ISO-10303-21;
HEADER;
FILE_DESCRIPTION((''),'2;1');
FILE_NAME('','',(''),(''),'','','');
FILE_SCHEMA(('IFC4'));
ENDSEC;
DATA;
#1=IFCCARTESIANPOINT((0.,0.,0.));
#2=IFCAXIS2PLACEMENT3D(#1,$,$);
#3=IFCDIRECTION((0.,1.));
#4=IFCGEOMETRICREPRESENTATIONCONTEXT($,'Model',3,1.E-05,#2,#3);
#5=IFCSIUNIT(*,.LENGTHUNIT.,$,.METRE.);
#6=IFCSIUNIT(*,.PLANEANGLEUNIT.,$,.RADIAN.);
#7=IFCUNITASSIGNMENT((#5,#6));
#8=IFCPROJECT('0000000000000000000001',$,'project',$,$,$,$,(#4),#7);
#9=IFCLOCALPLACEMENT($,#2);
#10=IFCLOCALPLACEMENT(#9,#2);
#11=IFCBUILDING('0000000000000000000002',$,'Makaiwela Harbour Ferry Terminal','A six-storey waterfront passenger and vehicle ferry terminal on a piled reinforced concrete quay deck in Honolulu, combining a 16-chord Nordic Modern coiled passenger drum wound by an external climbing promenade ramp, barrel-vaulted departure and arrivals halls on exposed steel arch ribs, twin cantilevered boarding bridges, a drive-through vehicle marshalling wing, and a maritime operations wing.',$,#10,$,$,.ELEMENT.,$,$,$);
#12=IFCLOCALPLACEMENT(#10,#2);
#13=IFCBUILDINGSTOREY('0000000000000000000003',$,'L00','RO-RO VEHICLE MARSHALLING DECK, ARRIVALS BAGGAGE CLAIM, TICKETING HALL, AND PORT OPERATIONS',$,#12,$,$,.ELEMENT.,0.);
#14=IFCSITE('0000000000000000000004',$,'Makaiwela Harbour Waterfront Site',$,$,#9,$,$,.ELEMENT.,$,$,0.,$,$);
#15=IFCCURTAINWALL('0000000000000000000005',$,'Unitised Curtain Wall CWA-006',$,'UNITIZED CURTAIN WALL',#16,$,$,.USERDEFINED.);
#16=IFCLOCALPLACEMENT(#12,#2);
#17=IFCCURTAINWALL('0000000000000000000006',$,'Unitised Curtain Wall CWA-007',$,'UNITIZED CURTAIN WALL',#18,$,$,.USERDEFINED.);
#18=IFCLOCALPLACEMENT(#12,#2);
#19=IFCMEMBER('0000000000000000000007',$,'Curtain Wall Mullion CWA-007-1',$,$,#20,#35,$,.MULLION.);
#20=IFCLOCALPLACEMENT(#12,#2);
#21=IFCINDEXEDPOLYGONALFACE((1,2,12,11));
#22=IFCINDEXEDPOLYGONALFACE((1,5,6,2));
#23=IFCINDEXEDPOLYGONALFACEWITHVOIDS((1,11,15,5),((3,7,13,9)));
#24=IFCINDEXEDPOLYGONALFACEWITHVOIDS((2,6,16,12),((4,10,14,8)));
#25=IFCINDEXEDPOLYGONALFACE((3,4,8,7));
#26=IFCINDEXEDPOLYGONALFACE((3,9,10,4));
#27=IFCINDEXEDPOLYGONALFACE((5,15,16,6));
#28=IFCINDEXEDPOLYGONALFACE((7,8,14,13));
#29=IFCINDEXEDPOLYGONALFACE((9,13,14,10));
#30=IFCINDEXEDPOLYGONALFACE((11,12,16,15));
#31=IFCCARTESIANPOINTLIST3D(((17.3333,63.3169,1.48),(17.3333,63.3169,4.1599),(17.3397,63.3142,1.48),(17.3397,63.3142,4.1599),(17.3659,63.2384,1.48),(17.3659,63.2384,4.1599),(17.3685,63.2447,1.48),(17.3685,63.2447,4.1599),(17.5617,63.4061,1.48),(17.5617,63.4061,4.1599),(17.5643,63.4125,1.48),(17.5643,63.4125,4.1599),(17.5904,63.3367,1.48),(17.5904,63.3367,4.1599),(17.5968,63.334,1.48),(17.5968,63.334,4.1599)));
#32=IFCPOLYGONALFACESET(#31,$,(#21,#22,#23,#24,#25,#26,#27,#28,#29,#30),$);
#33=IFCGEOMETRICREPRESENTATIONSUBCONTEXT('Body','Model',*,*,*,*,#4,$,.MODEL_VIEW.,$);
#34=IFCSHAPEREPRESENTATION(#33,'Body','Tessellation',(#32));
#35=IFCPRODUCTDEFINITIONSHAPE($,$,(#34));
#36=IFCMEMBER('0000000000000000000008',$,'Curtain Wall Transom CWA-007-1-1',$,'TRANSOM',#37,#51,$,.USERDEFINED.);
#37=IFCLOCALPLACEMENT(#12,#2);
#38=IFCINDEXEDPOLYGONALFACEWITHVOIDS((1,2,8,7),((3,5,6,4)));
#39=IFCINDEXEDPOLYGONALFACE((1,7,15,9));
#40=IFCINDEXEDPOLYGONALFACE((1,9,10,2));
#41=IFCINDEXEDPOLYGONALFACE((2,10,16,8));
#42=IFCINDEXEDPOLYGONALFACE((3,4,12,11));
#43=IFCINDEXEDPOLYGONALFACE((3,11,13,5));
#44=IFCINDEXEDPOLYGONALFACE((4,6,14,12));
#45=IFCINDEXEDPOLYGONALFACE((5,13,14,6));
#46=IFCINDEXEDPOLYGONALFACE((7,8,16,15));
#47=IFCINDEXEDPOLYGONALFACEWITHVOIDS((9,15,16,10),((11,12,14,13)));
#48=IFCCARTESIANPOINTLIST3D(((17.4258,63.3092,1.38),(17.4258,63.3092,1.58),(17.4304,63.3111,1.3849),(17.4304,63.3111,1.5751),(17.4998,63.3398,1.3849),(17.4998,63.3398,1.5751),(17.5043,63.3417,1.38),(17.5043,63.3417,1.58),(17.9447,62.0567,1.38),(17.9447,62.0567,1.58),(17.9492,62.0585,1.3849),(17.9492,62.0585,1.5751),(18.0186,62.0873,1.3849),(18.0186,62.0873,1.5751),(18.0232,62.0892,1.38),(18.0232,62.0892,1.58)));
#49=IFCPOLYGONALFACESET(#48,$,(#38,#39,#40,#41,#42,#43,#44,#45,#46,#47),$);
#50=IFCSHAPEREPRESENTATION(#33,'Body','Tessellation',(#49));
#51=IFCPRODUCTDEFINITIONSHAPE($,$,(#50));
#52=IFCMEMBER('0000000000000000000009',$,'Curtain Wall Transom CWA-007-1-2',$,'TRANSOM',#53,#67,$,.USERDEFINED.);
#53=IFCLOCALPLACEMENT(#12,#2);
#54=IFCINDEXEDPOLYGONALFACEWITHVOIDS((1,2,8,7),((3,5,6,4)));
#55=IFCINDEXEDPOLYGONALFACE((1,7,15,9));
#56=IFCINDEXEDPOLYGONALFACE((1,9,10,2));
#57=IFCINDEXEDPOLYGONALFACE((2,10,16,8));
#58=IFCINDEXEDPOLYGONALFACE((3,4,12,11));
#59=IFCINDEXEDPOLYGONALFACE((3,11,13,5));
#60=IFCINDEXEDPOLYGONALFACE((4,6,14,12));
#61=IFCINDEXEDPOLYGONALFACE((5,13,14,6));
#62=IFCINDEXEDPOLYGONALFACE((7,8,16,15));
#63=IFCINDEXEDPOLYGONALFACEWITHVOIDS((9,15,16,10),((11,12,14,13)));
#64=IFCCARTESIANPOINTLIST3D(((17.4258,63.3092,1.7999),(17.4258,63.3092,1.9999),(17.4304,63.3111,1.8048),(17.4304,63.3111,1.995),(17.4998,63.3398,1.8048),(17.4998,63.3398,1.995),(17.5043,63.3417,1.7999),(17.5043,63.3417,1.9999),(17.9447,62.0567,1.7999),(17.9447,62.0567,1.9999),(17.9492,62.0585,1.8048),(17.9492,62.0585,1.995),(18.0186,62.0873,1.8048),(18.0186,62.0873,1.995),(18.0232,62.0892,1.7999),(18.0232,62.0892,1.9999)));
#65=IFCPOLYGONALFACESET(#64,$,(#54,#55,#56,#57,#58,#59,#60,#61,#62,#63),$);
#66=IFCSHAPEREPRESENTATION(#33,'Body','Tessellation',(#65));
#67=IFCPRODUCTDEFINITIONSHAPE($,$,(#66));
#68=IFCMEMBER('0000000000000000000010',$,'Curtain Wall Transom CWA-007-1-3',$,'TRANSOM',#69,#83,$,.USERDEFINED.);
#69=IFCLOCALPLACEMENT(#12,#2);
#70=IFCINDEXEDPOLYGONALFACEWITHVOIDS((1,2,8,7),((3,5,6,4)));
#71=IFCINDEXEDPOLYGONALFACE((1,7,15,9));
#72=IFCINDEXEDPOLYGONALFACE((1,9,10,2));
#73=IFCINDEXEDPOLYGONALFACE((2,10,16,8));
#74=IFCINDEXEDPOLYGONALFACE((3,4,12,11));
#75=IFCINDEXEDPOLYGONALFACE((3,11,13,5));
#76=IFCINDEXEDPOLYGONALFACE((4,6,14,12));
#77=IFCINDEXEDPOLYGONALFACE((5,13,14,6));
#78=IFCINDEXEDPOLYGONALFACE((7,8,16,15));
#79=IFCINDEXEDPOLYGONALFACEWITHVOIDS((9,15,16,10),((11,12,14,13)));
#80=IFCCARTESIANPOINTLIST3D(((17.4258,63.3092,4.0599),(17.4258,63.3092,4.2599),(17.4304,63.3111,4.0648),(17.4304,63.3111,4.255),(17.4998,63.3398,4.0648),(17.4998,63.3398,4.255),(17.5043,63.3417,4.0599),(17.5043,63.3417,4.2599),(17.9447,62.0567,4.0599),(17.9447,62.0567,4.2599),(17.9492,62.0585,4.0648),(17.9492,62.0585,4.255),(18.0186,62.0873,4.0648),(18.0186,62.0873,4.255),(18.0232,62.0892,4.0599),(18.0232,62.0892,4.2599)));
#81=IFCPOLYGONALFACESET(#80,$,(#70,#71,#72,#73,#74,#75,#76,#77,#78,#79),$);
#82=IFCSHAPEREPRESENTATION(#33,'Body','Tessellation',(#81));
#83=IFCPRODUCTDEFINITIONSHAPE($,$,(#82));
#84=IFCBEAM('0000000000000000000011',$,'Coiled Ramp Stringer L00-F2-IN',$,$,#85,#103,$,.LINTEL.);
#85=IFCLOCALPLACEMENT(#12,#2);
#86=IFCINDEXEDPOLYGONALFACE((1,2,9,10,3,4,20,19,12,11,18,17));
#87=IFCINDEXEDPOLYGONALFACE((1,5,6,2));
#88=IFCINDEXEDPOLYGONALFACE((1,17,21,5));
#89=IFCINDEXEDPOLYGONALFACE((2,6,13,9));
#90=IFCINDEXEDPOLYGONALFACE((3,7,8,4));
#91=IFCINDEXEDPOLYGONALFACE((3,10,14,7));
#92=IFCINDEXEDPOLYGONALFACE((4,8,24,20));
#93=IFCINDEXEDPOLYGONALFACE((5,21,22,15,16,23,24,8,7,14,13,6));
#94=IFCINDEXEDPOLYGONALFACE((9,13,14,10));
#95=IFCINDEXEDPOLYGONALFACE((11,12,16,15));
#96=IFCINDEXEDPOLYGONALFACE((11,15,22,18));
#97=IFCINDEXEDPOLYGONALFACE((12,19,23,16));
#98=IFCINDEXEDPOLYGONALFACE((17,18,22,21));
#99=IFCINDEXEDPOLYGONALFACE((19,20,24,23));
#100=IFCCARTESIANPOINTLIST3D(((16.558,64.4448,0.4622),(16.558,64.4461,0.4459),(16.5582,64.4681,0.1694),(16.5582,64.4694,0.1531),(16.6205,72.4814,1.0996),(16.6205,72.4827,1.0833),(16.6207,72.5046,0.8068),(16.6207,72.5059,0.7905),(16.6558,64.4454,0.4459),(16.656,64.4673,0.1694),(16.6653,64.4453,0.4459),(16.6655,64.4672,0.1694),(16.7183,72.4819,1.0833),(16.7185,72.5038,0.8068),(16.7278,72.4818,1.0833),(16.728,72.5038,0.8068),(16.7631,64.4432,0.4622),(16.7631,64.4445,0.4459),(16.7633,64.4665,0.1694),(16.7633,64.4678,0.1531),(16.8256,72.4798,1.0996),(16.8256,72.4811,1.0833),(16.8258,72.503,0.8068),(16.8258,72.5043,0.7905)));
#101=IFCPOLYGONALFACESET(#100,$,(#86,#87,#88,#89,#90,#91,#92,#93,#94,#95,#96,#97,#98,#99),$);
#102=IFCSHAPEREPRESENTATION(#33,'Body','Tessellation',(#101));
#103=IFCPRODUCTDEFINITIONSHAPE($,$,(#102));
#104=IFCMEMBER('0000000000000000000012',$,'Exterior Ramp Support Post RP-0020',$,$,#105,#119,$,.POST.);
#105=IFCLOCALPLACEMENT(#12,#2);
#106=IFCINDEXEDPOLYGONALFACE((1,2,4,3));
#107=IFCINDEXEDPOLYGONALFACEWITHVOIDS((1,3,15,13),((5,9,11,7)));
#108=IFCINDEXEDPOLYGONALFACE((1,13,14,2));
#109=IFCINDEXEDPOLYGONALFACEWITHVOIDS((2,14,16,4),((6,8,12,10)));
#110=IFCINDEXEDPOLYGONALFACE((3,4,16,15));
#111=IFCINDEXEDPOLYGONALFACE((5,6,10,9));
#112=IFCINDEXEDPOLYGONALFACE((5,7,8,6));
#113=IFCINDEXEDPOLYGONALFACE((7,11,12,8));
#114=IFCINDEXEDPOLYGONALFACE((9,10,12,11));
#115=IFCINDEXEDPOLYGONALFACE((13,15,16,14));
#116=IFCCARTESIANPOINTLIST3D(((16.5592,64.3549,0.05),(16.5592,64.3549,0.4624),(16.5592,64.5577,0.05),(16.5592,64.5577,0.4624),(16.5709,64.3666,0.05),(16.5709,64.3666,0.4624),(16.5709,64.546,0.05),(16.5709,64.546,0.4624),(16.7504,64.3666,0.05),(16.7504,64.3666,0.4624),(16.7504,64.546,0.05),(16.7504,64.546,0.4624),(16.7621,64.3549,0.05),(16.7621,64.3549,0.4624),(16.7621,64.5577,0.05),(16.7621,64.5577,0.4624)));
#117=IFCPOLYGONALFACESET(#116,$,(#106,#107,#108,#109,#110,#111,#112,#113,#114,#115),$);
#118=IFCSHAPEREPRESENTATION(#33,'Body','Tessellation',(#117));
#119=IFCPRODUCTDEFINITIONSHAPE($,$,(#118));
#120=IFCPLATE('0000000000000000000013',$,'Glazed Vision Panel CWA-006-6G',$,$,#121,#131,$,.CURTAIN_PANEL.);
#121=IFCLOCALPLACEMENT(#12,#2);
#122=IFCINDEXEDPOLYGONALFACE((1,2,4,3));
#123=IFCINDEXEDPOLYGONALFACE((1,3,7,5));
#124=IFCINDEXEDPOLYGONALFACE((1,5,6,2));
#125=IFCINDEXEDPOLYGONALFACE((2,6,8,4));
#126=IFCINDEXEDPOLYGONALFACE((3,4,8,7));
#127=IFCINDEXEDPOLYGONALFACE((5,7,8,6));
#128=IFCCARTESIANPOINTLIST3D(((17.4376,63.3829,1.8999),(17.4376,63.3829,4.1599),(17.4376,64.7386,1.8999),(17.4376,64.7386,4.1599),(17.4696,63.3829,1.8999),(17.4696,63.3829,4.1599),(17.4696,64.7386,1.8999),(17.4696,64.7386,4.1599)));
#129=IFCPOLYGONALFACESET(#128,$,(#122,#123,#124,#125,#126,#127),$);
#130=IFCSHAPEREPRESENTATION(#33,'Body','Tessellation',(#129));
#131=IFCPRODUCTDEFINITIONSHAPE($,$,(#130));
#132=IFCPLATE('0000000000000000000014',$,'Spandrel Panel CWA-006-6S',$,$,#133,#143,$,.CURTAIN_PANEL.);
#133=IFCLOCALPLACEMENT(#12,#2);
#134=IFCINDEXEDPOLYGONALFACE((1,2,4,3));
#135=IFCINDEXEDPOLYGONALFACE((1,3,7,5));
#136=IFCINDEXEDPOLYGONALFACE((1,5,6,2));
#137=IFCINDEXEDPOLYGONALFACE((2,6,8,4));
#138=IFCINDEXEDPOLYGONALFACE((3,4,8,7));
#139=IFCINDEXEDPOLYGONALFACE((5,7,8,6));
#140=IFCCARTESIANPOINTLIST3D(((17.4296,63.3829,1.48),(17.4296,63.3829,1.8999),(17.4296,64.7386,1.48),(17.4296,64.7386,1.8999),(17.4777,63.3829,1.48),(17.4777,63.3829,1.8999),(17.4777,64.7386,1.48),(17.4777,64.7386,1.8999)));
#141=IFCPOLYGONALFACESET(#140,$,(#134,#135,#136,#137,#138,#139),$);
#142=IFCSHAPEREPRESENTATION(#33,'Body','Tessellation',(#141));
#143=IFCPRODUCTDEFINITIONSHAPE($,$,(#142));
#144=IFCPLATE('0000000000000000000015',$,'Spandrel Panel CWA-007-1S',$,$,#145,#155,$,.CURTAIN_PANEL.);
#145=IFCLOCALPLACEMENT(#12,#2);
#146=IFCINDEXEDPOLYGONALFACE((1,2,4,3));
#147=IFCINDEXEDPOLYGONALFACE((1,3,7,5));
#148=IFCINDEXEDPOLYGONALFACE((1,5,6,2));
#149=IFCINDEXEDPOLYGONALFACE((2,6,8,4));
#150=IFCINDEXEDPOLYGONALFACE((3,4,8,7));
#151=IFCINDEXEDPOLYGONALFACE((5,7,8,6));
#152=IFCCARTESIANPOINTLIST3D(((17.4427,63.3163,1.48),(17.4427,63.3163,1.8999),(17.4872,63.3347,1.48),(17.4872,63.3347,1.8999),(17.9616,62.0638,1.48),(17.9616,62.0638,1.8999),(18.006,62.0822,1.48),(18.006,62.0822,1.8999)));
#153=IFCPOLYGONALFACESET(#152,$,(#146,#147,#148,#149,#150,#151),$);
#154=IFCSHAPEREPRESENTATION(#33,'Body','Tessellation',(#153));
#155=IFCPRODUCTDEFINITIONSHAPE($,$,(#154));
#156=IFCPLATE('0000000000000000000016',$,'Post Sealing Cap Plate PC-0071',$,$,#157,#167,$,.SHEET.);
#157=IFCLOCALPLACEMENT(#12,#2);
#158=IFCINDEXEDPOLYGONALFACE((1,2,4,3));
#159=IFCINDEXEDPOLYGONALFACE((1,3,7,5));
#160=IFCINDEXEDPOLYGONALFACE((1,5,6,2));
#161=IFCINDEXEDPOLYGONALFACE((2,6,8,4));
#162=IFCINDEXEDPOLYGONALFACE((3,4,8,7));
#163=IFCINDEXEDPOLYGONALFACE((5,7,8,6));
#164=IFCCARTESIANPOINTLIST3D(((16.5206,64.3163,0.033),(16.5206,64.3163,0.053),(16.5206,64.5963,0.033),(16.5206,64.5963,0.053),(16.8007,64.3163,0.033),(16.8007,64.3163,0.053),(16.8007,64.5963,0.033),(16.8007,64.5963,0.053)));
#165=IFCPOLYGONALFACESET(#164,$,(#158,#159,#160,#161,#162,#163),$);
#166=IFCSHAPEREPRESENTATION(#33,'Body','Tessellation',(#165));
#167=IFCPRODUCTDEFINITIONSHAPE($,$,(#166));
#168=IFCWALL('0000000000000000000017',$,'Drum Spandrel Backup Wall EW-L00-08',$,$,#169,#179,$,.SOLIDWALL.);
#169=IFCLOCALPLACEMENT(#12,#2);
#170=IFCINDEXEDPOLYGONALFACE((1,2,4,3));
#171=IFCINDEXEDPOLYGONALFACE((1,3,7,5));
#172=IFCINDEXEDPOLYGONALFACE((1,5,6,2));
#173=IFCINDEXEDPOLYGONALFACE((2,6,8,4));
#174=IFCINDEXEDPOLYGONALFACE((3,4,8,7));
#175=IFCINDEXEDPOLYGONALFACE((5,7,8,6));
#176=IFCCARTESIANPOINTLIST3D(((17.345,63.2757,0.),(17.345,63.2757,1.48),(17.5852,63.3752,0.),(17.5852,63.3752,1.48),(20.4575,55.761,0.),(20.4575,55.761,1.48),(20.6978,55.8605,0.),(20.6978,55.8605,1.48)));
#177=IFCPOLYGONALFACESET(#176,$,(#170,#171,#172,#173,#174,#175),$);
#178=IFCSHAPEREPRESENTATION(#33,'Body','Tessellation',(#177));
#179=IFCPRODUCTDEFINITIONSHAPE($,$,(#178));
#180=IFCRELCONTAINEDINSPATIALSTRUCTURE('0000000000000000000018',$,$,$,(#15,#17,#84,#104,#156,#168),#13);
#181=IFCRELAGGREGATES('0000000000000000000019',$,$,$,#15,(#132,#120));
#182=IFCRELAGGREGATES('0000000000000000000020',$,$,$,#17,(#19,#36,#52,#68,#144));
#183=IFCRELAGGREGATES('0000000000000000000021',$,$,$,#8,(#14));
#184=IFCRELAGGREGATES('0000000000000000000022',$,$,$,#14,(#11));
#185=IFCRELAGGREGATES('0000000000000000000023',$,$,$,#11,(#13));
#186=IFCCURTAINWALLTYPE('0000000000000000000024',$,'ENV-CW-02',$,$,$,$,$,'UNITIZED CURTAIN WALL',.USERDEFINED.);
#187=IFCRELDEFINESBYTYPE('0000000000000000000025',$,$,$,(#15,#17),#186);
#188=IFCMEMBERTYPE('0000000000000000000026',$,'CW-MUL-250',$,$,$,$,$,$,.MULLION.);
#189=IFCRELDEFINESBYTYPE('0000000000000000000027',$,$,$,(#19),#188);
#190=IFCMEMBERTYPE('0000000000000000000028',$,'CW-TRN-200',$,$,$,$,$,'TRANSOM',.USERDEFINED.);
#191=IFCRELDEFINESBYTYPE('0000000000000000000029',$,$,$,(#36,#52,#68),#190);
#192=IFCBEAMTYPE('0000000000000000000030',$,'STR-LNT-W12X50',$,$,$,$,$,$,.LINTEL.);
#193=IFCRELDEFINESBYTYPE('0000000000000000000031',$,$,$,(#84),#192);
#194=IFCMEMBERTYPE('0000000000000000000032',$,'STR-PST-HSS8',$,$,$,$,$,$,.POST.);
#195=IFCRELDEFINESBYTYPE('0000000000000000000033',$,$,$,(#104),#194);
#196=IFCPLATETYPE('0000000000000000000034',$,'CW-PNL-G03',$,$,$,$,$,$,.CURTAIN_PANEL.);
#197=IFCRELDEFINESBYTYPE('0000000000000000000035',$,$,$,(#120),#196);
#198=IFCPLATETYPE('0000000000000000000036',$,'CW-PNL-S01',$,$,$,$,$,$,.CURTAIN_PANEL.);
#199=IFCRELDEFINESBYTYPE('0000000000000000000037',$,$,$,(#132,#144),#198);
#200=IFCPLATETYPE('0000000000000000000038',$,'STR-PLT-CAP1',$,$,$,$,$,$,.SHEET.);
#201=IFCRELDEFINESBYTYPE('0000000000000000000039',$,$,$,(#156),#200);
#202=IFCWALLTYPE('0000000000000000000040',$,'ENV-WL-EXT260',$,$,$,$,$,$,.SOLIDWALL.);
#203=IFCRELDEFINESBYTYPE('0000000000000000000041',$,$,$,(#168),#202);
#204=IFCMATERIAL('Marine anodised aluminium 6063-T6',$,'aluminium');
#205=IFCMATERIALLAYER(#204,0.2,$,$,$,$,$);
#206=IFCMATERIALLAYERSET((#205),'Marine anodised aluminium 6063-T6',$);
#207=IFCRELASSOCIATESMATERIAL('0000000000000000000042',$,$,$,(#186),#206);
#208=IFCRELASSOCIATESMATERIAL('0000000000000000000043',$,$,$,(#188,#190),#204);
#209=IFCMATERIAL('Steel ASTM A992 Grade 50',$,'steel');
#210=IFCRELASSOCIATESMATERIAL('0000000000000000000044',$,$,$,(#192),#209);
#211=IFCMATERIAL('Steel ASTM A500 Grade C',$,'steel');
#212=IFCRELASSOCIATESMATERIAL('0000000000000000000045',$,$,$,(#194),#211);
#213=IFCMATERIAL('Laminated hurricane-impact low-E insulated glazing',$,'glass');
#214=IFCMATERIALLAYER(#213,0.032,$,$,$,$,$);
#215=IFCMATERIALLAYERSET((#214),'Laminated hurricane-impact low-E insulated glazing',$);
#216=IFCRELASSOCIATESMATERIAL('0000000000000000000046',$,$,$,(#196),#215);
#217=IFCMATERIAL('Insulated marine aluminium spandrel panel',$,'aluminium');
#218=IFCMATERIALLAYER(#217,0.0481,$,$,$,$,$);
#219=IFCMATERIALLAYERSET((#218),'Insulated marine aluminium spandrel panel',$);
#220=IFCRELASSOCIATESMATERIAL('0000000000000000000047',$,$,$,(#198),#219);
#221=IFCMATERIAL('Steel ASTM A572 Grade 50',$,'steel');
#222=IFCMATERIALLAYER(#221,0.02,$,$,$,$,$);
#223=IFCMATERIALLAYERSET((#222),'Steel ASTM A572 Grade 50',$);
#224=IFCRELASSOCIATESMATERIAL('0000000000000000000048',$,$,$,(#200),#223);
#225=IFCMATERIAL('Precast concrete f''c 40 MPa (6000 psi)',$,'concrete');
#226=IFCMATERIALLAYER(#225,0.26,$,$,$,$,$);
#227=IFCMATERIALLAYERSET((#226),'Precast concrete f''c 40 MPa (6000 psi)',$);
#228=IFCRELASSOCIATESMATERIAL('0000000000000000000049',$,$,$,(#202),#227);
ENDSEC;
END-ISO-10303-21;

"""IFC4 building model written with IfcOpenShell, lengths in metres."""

from ifc_helpers import new_model, si_unit, direction, frame, frame_2d, origin, origin_2d, place, context, subcontext, project, spatial, rectangle, hollow_rectangle, i_section, extrude, material, layer, layer_set, material_profile, profile_set, type_object, element, aggregate, save


model = new_model("IFC4")

# Units and contexts
model_context = context("Model", 3, precision=1e-05, world=origin(), true_north=direction((0.0, 1.0)))
body_context = subcontext(model_context, "Body", "Model", "MODEL_VIEW")
ifc_project = project(units=[si_unit("LENGTHUNIT", "METRE"), si_unit("PLANEANGLEUNIT", "RADIAN")], contexts=[model_context])

# Site, building, storey
site_placement = place(None, origin())
site = spatial("IfcSite", under=ifc_project, at=site_placement, Name="Makaiwela Harbour Waterfront Site", CompositionType="ELEMENT", RefElevation=0.0)
building_placement = place(site_placement, origin())
building = spatial("IfcBuilding", under=site, at=building_placement, Name="Makaiwela Harbour Ferry Terminal", Description="A six-storey waterfront passenger and vehicle ferry terminal on a piled reinforced concrete quay deck in Honolulu, combining a 16-chord Nordic Modern coiled passenger drum wound by an external climbing promenade ramp, barrel-vaulted departure and arrivals halls on exposed steel arch ribs, twin cantilevered boarding bridges, a drive-through vehicle marshalling wing, and a maritime operations wing.", CompositionType="ELEMENT")
storey_placement = place(building_placement, origin())
storey = spatial("IfcBuildingStorey", under=building, at=storey_placement, Name="L00", Description="RO-RO VEHICLE MARSHALLING DECK, ARRIVALS BAGGAGE CLAIM, TICKETING HALL, AND PORT OPERATIONS", CompositionType="ELEMENT", Elevation=0.0)

# Shared definitions
ifc_material_1 = material(Name="Steel ASTM A992 Grade 50", Category="steel")

# Curtain wall
ifc_material_2 = material(Name="Marine anodised aluminium 6063-T6", Category="aluminium")
ifc_layer_1 = layer(ifc_material_2, 0.2)
ifc_layer_set_1 = layer_set([ifc_layer_1], Name="Marine anodised aluminium 6063-T6")
curtain_wall_type = type_object("IfcCurtainWallType", Name="ENV-CW-02", ElementType="UNITIZED CURTAIN WALL", PredefinedType="USERDEFINED", material=ifc_layer_set_1)
curtain_wall_1_placement = place(storey_placement, origin())
curtain_wall_1 = element("IfcCurtainWall", 1, at=curtain_wall_1_placement, inside=storey, type_object=curtain_wall_type, Name="Unitised Curtain Wall CWA-006", ObjectType="UNITIZED CURTAIN WALL", PredefinedType="USERDEFINED")
ifc_material_profile_1 = material_profile(ifc_material_2, hollow_rectangle(XDim=0.085, YDim=0.25, WallThickness=0.0049, at=origin_2d()), Name="CWM-250X85")
ifc_profile_set_1 = profile_set([ifc_material_profile_1], Name="Marine anodised aluminium 6063-T6")
member_type_1 = type_object("IfcMemberType", Name="CW-MUL-250", PredefinedType="MULLION", material=ifc_profile_set_1)

# Curtain wall, members
curtain_wall_2_placement = place(storey_placement, origin())
curtain_wall_2 = element("IfcCurtainWall", 2, at=curtain_wall_2_placement, inside=storey, type_object=curtain_wall_type, Name="Unitised Curtain Wall CWA-007", ObjectType="UNITIZED CURTAIN WALL", PredefinedType="USERDEFINED")
member_1_placement = place(storey_placement, frame((17.4651, 63.3254, 1.48), z_axis=(0.0, 0.0, 1.0), x_axis=(-0.382683, 0.92388, 0.0)))
member_1 = element("IfcMember", 3, at=member_1_placement, type_object=member_type_1, Name="Curtain Wall Mullion CWA-007-1", PredefinedType="MULLION", context=body_context, shape_type="SweptSolid", body=[
    extrude(hollow_rectangle(XDim=0.085, YDim=0.25, WallThickness=0.0049, at=origin_2d()), origin(), (0.0, 0.0, 1.0), 2.6799),
])
ifc_material_profile_2 = material_profile(ifc_material_2, hollow_rectangle(XDim=0.085, YDim=0.2, WallThickness=0.0049, at=origin_2d()), Name="CWT-200X85")
ifc_profile_set_2 = profile_set([ifc_material_profile_2], Name="Marine anodised aluminium 6063-T6")
member_type_2 = type_object("IfcMemberType", Name="CW-TRN-200", ElementType="TRANSOM", PredefinedType="USERDEFINED", material=ifc_profile_set_2)
member_2_placement = place(storey_placement, frame((17.4651, 63.3254, 1.48), z_axis=(0.382696, -0.923874, 0.0), x_axis=(0.923874, 0.382696, 0.0)))
member_2 = element("IfcMember", 4, at=member_2_placement, type_object=member_type_2, Name="Curtain Wall Transom CWA-007-1-1", ObjectType="TRANSOM", PredefinedType="USERDEFINED", context=body_context, shape_type="SweptSolid", body=[
    extrude(hollow_rectangle(XDim=0.085, YDim=0.2, WallThickness=0.0049, at=origin_2d()), origin(), (0.0, 0.0, 1.0), 1.3557),
])
member_3_placement = place(storey_placement, frame((17.4651, 63.3254, 1.8999), z_axis=(0.382696, -0.923874, 0.0), x_axis=(0.923874, 0.382696, 0.0)))
member_3 = element("IfcMember", 5, at=member_3_placement, type_object=member_type_2, Name="Curtain Wall Transom CWA-007-1-2", ObjectType="TRANSOM", PredefinedType="USERDEFINED", context=body_context, shape_type="SweptSolid", body=[
    extrude(hollow_rectangle(XDim=0.085, YDim=0.2, WallThickness=0.0049, at=origin_2d()), origin(), (0.0, 0.0, 1.0), 1.3557),
])
member_4_placement = place(storey_placement, frame((17.4651, 63.3254, 4.1599), z_axis=(0.382696, -0.923874, 0.0), x_axis=(0.923874, 0.382696, 0.0)))
member_4 = element("IfcMember", 6, at=member_4_placement, type_object=member_type_2, Name="Curtain Wall Transom CWA-007-1-3", ObjectType="TRANSOM", PredefinedType="USERDEFINED", context=body_context, shape_type="SweptSolid", body=[
    extrude(hollow_rectangle(XDim=0.085, YDim=0.2, WallThickness=0.0049, at=origin_2d()), origin(), (0.0, 0.0, 1.0), 1.3557),
])

# Beam
ifc_material_profile_3 = material_profile(ifc_material_1, i_section(OverallWidth=0.2051, OverallDepth=0.3101, WebThickness=0.0095, FlangeThickness=0.0164, at=origin_2d()), Name="W12X50")
ifc_profile_set_3 = profile_set([ifc_material_profile_3], Name="Steel ASTM A992 Grade 50")
beam_type = type_object("IfcBeamType", Name="STR-LNT-W12X50", PredefinedType="LINTEL", material=ifc_profile_set_3)
beam_placement = place(storey_placement, frame((16.6606, 64.4563, 0.3076), z_axis=(0.007752, 0.996839, 0.079068), x_axis=(-0.99997, 0.007777, 0.0)))
element("IfcBeam", 7, at=beam_placement, inside=storey, type_object=beam_type, Name="Coiled Ramp Stringer L00-F2-IN", PredefinedType="LINTEL", context=body_context, shape_type="SweptSolid", body=[
    extrude(i_section(OverallWidth=0.2051, OverallDepth=0.3101, WebThickness=0.0095, FlangeThickness=0.0164, at=origin_2d()), origin(), (0.0, 0.0, 1.0), 8.062),
])

# Member
ifc_material_3 = material(Name="Steel ASTM A500 Grade C", Category="steel")
ifc_material_profile_4 = material_profile(ifc_material_3, hollow_rectangle(XDim=0.2029, YDim=0.2029, WallThickness=0.0117, at=origin_2d()), Name="HSS8X8X1/2")
ifc_profile_set_4 = profile_set([ifc_material_profile_4], Name="Steel ASTM A500 Grade C")
member_type_3 = type_object("IfcMemberType", Name="STR-PST-HSS8", PredefinedType="POST", material=ifc_profile_set_4)
member_5_placement = place(storey_placement, frame((16.6606, 64.4563, 0.05), z_axis=(0.0, 0.0, 1.0), x_axis=(1.0, 0.0, 0.0)))
element("IfcMember", 8, at=member_5_placement, inside=storey, type_object=member_type_3, Name="Exterior Ramp Support Post RP-0020", PredefinedType="POST", context=body_context, shape_type="SweptSolid", body=[
    extrude(hollow_rectangle(XDim=0.2029, YDim=0.2029, WallThickness=0.0117, at=origin_2d()), origin(), (0.0, 0.0, 1.0), 0.4124),
])

# Plates
ifc_material_4 = material(Name="Laminated hurricane-impact low-E insulated glazing", Category="glass")
ifc_layer_2 = layer(ifc_material_4, 0.032)
ifc_layer_set_2 = layer_set([ifc_layer_2], Name="Laminated hurricane-impact low-E insulated glazing")
plate_type_1 = type_object("IfcPlateType", Name="CW-PNL-G03", PredefinedType="CURTAIN_PANEL", material=ifc_layer_set_2)
plate_1_placement = place(storey_placement, frame((17.4536, 64.0608, 1.8999), z_axis=(0.0, 0.0, 1.0), x_axis=(0.0, -1.0, 0.0)))
plate_1 = element("IfcPlate", 9, at=plate_1_placement, type_object=plate_type_1, Name="Glazed Vision Panel CWA-006-6G", PredefinedType="CURTAIN_PANEL", context=body_context, shape_type="SweptSolid", body=[
    extrude(rectangle(XDim=1.3557, YDim=0.032, at=origin_2d()), origin(), (0.0, 0.0, 1.0), 2.26),
])
ifc_material_5 = material(Name="Insulated marine aluminium spandrel panel", Category="aluminium")
ifc_layer_3 = layer(ifc_material_5, 0.0481)
ifc_layer_set_3 = layer_set([ifc_layer_3], Name="Insulated marine aluminium spandrel panel")
plate_type_2 = type_object("IfcPlateType", Name="CW-PNL-S01", PredefinedType="CURTAIN_PANEL", material=ifc_layer_set_3)
plate_2_placement = place(storey_placement, frame((17.4536, 64.0608, 1.48), z_axis=(0.0, 0.0, 1.0), x_axis=(0.0, -1.0, 0.0)))
plate_2 = element("IfcPlate", 10, at=plate_2_placement, type_object=plate_type_2, Name="Spandrel Panel CWA-006-6S", PredefinedType="CURTAIN_PANEL", context=body_context, shape_type="SweptSolid", body=[
    extrude(rectangle(XDim=1.3557, YDim=0.0481, at=origin_2d()), origin(), (0.0, 0.0, 1.0), 0.4199),
])
aggregate(curtain_wall_1, [plate_2, plate_1])
plate_3_placement = place(storey_placement, frame((17.7244, 62.6992, 1.48), z_axis=(0.0, 0.0, 1.0), x_axis=(0.382683, -0.92388, 0.0)))
plate_3 = element("IfcPlate", 11, at=plate_3_placement, type_object=plate_type_2, Name="Spandrel Panel CWA-007-1S", PredefinedType="CURTAIN_PANEL", context=body_context, shape_type="SweptSolid", body=[
    extrude(rectangle(XDim=1.3557, YDim=0.0481, at=origin_2d()), origin(), (0.0, 0.0, 1.0), 0.4199),
])
aggregate(curtain_wall_2, [member_1, member_2, member_3, member_4, plate_3])
ifc_material_6 = material(Name="Steel ASTM A572 Grade 50", Category="steel")
ifc_layer_4 = layer(ifc_material_6, 0.02)
ifc_layer_set_4 = layer_set([ifc_layer_4], Name="Steel ASTM A572 Grade 50")
plate_type_3 = type_object("IfcPlateType", Name="STR-PLT-CAP1", PredefinedType="SHEET", material=ifc_layer_set_4)
plate_4_placement = place(storey_placement, frame((16.6606, 64.4563, 0.033), z_axis=(0.0, 0.0, 1.0), x_axis=(1.0, 0.0, 0.0)))
element("IfcPlate", 12, at=plate_4_placement, inside=storey, type_object=plate_type_3, Name="Post Sealing Cap Plate PC-0071", PredefinedType="SHEET", context=body_context, shape_type="SweptSolid", body=[
    extrude(rectangle(XDim=0.28, YDim=0.28, at=origin_2d()), origin(), (0.0, 0.0, 1.0), 0.02),
])

# Wall
ifc_material_7 = material(Name="Precast concrete f'c 40 MPa (6000 psi)", Category="concrete")
ifc_layer_5 = layer(ifc_material_7, 0.26)
ifc_layer_set_5 = layer_set([ifc_layer_5], Name="Precast concrete f'c 40 MPa (6000 psi)")
wall_type = type_object("IfcWallType", Name="ENV-WL-EXT260", PredefinedType="SOLIDWALL", material=ifc_layer_set_5)
wall_placement = place(storey_placement, frame((17.4651, 63.3254, 0.0), z_axis=(0.0, 0.0, 1.0), x_axis=(0.382671, -0.923885, 0.0)))
element("IfcWall", 13, at=wall_placement, inside=storey, type_object=wall_type, Name="Drum Spandrel Backup Wall EW-L00-08", PredefinedType="SOLIDWALL", context=body_context, shape_type="SweptSolid", body=[
    extrude(rectangle(XDim=8.1338, YDim=0.26, at=frame_2d((4.0669, 0.0))), origin(), (0.0, 0.0, 1.0), 1.48),
])

save(model, "model.ifc")
